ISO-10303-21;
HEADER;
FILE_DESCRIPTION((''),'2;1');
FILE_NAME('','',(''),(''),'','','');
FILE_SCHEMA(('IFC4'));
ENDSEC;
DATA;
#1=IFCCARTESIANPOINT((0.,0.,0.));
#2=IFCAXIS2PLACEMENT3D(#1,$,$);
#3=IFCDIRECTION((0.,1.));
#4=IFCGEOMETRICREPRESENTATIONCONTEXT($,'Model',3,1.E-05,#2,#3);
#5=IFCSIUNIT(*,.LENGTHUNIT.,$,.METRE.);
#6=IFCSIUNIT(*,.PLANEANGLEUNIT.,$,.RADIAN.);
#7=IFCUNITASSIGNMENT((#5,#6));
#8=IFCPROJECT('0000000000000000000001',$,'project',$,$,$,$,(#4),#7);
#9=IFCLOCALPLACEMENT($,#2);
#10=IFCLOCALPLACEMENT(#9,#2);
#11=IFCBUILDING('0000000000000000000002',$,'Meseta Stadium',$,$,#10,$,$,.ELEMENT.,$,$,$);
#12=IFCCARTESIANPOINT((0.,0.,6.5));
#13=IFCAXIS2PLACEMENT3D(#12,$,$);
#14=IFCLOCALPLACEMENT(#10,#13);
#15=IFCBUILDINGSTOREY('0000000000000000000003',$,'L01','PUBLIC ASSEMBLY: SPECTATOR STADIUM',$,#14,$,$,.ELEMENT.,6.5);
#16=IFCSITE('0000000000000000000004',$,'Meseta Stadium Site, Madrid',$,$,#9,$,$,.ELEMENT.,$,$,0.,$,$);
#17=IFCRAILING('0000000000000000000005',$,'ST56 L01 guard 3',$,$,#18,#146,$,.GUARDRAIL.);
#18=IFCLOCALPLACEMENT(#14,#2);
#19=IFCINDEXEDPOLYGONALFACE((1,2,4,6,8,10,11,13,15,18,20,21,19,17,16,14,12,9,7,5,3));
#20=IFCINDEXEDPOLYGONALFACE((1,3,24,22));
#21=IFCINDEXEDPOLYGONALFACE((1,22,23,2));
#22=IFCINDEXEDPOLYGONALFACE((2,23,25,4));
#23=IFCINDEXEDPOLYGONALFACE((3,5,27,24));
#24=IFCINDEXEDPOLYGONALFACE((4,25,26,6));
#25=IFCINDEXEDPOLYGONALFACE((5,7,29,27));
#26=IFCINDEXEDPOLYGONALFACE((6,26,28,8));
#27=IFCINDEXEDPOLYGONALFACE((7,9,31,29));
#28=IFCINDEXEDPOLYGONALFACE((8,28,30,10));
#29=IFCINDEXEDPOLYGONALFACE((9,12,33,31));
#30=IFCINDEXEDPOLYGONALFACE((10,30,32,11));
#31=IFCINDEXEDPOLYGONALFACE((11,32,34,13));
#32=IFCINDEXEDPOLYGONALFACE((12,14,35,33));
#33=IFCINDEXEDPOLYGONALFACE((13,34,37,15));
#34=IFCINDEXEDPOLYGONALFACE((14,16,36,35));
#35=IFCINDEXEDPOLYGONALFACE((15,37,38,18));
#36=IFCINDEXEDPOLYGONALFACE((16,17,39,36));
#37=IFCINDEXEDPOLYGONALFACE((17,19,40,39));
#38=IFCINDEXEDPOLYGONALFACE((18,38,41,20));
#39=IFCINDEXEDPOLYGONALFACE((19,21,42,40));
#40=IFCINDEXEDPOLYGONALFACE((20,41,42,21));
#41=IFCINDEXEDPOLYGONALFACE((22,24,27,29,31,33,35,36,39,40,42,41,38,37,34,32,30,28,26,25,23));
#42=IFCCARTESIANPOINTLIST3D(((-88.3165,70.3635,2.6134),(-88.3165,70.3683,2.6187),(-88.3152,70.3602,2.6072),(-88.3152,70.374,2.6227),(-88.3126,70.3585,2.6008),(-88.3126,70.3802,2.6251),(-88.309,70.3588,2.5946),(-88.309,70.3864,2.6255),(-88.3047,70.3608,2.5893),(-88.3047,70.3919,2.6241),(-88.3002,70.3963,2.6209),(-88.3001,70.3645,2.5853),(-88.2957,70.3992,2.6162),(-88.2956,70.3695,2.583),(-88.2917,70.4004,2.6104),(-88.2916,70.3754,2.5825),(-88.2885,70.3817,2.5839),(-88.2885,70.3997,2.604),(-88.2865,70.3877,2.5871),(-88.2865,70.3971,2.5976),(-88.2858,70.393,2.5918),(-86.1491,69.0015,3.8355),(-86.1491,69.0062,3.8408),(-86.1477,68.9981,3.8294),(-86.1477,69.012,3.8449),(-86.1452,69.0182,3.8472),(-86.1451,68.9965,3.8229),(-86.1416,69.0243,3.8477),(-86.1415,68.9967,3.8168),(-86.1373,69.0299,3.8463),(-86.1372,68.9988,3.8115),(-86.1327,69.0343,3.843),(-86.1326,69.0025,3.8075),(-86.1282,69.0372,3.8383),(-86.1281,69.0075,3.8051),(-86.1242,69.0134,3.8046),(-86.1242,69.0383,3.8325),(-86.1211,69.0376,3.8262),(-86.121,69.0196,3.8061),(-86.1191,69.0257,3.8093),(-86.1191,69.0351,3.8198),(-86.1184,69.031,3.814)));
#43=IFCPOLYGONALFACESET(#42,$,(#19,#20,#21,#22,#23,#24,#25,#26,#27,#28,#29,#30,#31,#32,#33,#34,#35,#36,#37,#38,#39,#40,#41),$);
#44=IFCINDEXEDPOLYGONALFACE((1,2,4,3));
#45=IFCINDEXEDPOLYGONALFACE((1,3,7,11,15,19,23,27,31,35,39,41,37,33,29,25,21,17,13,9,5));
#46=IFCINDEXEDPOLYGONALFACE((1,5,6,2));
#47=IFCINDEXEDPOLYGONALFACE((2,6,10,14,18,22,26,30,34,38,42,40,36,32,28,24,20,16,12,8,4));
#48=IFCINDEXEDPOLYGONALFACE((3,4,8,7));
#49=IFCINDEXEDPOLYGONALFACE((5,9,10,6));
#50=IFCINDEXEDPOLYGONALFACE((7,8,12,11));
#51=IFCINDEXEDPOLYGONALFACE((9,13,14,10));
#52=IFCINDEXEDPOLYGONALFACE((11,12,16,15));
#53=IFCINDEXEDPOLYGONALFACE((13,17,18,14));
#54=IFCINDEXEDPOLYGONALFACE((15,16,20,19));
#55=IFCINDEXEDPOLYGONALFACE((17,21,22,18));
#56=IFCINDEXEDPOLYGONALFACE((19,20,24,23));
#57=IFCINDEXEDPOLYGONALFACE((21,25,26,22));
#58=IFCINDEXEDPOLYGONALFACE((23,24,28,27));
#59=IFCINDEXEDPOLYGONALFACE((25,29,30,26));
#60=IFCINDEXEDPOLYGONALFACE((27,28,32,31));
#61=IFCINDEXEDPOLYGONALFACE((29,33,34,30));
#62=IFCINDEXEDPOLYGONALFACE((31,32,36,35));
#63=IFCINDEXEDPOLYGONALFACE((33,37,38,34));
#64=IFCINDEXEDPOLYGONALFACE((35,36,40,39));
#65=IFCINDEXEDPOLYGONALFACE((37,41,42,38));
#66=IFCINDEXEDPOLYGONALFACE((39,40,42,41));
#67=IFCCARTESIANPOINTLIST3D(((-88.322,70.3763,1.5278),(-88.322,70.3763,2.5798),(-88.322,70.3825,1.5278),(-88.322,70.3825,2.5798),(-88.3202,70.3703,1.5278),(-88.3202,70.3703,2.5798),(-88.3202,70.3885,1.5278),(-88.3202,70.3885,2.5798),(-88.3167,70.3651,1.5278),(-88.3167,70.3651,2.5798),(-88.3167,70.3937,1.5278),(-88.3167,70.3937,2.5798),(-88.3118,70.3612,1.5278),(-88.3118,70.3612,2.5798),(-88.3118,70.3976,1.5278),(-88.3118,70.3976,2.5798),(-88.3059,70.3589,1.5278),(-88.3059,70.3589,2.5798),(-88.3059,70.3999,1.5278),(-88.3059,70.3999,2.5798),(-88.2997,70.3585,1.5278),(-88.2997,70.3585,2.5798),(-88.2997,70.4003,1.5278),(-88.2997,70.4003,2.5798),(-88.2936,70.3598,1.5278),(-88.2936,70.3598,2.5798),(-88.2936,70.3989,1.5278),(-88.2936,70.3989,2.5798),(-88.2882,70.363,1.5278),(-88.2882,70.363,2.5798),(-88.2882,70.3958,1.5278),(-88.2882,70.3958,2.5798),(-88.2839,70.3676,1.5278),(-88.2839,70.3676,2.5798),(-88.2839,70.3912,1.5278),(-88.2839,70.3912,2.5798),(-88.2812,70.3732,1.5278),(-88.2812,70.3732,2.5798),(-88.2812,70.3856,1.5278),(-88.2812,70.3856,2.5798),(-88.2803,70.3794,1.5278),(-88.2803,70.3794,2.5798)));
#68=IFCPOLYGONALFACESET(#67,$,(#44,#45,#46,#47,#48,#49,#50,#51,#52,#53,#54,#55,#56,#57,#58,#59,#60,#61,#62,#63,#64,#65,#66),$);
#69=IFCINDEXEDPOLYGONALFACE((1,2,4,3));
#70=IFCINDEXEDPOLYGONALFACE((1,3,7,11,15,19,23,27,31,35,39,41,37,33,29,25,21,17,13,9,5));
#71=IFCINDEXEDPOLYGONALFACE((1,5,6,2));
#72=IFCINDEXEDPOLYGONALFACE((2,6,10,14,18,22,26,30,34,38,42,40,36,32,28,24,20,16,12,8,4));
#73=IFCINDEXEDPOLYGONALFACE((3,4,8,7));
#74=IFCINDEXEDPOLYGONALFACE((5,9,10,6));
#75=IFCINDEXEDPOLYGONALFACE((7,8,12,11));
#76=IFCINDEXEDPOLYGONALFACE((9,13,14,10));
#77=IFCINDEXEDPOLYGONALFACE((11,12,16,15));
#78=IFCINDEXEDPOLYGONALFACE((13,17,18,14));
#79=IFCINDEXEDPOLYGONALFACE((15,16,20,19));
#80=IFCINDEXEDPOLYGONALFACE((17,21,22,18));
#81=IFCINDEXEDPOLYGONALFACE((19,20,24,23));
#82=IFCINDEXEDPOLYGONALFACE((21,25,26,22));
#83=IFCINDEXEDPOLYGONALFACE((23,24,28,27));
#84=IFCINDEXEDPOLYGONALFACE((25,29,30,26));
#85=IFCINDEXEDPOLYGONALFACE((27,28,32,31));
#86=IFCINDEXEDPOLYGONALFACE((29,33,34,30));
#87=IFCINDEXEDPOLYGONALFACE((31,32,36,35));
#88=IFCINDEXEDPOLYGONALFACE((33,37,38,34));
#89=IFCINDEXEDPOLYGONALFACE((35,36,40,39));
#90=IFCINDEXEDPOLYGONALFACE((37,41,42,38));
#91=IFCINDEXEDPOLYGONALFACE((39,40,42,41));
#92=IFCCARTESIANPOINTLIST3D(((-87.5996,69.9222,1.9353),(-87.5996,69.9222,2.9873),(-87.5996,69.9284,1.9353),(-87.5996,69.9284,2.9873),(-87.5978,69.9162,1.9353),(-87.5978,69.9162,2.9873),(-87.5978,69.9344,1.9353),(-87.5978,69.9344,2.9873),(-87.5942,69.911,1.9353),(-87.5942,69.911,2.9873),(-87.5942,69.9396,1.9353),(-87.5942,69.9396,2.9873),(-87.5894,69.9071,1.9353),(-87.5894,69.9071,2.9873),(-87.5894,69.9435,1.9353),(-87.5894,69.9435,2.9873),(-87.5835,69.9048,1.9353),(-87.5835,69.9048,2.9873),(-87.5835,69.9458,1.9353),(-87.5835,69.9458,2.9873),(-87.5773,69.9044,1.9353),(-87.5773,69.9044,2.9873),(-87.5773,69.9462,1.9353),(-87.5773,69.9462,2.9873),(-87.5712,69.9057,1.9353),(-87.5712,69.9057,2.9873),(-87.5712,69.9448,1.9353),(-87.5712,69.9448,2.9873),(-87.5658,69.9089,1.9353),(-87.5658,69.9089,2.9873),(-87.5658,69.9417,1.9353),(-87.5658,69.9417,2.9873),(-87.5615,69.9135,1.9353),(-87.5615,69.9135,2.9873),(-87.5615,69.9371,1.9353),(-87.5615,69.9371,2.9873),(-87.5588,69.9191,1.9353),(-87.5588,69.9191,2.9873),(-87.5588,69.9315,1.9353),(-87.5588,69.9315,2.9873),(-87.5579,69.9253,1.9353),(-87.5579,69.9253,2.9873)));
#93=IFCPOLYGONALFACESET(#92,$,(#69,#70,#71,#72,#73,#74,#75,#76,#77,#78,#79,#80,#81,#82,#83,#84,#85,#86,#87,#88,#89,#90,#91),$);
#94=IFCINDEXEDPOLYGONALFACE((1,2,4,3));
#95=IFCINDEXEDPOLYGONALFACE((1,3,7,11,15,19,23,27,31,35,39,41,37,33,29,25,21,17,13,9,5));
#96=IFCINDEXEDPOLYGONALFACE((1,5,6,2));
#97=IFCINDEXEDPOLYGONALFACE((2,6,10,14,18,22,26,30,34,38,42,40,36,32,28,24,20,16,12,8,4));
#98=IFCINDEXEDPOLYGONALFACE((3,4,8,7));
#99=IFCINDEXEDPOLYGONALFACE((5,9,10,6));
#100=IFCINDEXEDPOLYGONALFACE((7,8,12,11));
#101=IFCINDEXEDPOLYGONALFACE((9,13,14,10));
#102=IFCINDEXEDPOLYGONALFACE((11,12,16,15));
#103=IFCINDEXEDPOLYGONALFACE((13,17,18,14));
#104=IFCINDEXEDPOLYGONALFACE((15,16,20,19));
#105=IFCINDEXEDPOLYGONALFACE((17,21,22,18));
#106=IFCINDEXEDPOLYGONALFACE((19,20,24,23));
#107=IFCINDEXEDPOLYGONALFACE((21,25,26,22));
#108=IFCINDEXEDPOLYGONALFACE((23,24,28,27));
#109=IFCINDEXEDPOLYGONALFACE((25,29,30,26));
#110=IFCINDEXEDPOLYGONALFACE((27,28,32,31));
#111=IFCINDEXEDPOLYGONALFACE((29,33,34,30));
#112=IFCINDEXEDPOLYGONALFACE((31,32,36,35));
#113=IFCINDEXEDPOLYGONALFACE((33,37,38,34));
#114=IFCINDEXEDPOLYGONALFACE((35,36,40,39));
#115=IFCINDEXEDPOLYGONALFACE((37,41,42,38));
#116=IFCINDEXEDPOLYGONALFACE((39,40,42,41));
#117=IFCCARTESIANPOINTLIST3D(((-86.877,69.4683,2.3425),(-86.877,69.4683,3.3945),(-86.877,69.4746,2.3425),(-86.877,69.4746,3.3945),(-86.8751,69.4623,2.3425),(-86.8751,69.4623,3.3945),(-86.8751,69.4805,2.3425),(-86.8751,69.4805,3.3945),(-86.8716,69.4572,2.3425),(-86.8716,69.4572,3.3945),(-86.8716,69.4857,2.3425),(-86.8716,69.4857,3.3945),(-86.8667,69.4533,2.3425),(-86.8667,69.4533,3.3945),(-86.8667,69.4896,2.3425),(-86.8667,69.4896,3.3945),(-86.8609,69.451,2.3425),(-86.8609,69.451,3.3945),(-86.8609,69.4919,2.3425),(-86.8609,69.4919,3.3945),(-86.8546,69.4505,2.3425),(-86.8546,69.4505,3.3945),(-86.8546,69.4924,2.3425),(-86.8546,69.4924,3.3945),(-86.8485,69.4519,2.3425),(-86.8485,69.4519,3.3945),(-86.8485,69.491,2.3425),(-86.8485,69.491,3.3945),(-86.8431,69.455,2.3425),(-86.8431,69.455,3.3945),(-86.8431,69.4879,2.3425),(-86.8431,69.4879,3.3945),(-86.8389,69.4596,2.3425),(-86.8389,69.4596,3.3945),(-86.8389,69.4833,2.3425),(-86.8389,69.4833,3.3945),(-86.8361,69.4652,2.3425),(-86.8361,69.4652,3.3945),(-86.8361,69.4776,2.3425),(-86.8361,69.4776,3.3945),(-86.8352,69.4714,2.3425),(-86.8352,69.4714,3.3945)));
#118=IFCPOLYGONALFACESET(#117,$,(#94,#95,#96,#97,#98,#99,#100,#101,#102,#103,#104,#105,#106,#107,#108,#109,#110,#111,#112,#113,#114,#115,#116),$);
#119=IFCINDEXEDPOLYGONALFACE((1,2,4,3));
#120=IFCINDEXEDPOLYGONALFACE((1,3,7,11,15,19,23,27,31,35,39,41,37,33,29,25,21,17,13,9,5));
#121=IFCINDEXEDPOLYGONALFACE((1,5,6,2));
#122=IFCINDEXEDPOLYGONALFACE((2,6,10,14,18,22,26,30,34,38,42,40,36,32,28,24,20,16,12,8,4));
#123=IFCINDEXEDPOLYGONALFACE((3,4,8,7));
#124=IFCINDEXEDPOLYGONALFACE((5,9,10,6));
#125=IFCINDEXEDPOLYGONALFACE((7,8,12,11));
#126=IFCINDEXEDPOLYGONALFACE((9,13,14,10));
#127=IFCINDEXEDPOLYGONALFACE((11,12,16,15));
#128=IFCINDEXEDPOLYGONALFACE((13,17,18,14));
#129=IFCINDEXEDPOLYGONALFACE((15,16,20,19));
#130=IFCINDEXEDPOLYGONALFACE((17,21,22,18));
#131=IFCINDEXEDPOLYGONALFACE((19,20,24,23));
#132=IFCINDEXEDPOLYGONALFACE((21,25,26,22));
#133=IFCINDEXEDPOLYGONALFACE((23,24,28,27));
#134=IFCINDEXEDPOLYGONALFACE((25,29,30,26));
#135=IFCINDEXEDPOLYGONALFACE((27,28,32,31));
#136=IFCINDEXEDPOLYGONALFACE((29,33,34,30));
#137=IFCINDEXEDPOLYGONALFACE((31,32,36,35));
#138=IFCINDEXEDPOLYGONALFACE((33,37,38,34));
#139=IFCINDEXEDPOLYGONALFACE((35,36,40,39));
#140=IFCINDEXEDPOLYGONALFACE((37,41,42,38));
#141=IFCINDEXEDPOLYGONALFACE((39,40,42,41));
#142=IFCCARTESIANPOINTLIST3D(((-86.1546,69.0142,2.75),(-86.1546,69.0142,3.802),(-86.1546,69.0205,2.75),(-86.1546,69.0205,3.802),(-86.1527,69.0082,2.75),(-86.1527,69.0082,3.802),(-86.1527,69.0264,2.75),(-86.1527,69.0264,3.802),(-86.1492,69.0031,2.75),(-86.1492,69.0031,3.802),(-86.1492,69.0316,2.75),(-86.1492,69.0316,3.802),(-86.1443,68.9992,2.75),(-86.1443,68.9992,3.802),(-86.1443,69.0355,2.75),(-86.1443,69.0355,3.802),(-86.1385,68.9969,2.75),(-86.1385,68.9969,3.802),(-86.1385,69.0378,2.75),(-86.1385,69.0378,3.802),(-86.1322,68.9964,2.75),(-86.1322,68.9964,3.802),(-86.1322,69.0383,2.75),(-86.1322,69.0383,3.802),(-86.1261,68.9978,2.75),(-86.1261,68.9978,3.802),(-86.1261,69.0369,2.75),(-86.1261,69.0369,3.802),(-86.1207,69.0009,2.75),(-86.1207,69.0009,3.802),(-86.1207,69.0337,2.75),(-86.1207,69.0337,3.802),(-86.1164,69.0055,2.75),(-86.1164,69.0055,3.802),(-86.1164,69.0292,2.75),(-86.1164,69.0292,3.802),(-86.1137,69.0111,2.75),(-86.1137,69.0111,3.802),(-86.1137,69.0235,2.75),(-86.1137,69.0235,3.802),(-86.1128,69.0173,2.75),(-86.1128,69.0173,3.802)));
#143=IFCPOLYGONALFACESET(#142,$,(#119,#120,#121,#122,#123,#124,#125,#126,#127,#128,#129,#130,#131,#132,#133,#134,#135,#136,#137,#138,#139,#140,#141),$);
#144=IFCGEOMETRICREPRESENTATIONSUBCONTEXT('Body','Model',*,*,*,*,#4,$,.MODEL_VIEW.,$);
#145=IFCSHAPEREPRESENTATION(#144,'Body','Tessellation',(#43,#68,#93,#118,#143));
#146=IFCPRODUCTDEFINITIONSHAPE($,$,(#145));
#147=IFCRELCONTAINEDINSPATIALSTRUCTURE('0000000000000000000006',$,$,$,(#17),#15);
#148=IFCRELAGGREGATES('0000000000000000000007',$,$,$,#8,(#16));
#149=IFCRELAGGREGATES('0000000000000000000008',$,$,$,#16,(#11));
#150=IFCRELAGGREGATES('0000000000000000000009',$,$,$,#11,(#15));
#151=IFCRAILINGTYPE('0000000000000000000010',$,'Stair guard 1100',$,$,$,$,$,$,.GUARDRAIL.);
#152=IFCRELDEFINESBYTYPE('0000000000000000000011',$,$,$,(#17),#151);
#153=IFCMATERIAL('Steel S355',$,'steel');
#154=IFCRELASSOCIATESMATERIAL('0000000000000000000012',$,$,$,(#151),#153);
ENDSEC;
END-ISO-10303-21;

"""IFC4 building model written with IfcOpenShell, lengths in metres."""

from ifc_helpers import new_model, si_unit, direction, frame, origin, origin_2d, place, context, subcontext, project, spatial, circle, extrude, material, type_object, element, save


model = new_model("IFC4")

# Units and contexts
model_context = context("Model", 3, precision=1e-05, world=origin(), true_north=direction((0.0, 1.0)))
body_context = subcontext(model_context, "Body", "Model", "MODEL_VIEW")
ifc_project = project(units=[si_unit("LENGTHUNIT", "METRE"), si_unit("PLANEANGLEUNIT", "RADIAN")], contexts=[model_context])

# Site, building, storey
site_placement = place(None, origin())
site = spatial("IfcSite", under=ifc_project, at=site_placement, Name="Meseta Stadium Site, Madrid", CompositionType="ELEMENT", RefElevation=0.0)
building_placement = place(site_placement, origin())
building = spatial("IfcBuilding", under=site, at=building_placement, Name="Meseta Stadium", CompositionType="ELEMENT")
storey_placement = place(building_placement, frame((0.0, 0.0, 6.5)))
storey = spatial("IfcBuildingStorey", under=building, at=storey_placement, Name="L01", Description="PUBLIC ASSEMBLY: SPECTATOR STADIUM", CompositionType="ELEMENT", Elevation=6.5)

# Railing
ifc_material_1 = material(Name="Steel S355", Category="steel")
railing_type = type_object("IfcRailingType", Name="Stair guard 1100", PredefinedType="GUARDRAIL", material=ifc_material_1)
railing_1_placement = place(storey_placement, frame((-88.3013, 70.3794, 1.5278)))
element("IfcRailing", 1, at=railing_1_placement, inside=storey, type_object=railing_type, Name="ST56 L01 guard 3", PredefinedType="GUARDRAIL", context=body_context, shape_type="SweptSolid", body=[
    extrude(circle(Radius=0.0239, at=origin_2d()), frame((0.0, 0.0, 1.0762), z_axis=(0.764085, -0.480156, 0.430841), x_axis=(0.532072, 0.846699, 0.0)), (0.0, 0.0, 1.0), 2.8367),
    extrude(circle(Radius=0.021, at=origin_2d()), origin(), (0.0, 0.0, 1.0), 1.052),
    extrude(circle(Radius=0.021, at=origin_2d()), frame((0.7224, -0.4541, 0.4075)), (0.0, 0.0, 1.0), 1.052),
    extrude(circle(Radius=0.021, at=origin_2d()), frame((1.4451, -0.908, 0.8147)), (0.0, 0.0, 1.0), 1.052),
    extrude(circle(Radius=0.021, at=origin_2d()), frame((2.1675, -1.3621, 1.2222)), (0.0, 0.0, 1.0), 1.052),
])

save(model, "model.ifc")
